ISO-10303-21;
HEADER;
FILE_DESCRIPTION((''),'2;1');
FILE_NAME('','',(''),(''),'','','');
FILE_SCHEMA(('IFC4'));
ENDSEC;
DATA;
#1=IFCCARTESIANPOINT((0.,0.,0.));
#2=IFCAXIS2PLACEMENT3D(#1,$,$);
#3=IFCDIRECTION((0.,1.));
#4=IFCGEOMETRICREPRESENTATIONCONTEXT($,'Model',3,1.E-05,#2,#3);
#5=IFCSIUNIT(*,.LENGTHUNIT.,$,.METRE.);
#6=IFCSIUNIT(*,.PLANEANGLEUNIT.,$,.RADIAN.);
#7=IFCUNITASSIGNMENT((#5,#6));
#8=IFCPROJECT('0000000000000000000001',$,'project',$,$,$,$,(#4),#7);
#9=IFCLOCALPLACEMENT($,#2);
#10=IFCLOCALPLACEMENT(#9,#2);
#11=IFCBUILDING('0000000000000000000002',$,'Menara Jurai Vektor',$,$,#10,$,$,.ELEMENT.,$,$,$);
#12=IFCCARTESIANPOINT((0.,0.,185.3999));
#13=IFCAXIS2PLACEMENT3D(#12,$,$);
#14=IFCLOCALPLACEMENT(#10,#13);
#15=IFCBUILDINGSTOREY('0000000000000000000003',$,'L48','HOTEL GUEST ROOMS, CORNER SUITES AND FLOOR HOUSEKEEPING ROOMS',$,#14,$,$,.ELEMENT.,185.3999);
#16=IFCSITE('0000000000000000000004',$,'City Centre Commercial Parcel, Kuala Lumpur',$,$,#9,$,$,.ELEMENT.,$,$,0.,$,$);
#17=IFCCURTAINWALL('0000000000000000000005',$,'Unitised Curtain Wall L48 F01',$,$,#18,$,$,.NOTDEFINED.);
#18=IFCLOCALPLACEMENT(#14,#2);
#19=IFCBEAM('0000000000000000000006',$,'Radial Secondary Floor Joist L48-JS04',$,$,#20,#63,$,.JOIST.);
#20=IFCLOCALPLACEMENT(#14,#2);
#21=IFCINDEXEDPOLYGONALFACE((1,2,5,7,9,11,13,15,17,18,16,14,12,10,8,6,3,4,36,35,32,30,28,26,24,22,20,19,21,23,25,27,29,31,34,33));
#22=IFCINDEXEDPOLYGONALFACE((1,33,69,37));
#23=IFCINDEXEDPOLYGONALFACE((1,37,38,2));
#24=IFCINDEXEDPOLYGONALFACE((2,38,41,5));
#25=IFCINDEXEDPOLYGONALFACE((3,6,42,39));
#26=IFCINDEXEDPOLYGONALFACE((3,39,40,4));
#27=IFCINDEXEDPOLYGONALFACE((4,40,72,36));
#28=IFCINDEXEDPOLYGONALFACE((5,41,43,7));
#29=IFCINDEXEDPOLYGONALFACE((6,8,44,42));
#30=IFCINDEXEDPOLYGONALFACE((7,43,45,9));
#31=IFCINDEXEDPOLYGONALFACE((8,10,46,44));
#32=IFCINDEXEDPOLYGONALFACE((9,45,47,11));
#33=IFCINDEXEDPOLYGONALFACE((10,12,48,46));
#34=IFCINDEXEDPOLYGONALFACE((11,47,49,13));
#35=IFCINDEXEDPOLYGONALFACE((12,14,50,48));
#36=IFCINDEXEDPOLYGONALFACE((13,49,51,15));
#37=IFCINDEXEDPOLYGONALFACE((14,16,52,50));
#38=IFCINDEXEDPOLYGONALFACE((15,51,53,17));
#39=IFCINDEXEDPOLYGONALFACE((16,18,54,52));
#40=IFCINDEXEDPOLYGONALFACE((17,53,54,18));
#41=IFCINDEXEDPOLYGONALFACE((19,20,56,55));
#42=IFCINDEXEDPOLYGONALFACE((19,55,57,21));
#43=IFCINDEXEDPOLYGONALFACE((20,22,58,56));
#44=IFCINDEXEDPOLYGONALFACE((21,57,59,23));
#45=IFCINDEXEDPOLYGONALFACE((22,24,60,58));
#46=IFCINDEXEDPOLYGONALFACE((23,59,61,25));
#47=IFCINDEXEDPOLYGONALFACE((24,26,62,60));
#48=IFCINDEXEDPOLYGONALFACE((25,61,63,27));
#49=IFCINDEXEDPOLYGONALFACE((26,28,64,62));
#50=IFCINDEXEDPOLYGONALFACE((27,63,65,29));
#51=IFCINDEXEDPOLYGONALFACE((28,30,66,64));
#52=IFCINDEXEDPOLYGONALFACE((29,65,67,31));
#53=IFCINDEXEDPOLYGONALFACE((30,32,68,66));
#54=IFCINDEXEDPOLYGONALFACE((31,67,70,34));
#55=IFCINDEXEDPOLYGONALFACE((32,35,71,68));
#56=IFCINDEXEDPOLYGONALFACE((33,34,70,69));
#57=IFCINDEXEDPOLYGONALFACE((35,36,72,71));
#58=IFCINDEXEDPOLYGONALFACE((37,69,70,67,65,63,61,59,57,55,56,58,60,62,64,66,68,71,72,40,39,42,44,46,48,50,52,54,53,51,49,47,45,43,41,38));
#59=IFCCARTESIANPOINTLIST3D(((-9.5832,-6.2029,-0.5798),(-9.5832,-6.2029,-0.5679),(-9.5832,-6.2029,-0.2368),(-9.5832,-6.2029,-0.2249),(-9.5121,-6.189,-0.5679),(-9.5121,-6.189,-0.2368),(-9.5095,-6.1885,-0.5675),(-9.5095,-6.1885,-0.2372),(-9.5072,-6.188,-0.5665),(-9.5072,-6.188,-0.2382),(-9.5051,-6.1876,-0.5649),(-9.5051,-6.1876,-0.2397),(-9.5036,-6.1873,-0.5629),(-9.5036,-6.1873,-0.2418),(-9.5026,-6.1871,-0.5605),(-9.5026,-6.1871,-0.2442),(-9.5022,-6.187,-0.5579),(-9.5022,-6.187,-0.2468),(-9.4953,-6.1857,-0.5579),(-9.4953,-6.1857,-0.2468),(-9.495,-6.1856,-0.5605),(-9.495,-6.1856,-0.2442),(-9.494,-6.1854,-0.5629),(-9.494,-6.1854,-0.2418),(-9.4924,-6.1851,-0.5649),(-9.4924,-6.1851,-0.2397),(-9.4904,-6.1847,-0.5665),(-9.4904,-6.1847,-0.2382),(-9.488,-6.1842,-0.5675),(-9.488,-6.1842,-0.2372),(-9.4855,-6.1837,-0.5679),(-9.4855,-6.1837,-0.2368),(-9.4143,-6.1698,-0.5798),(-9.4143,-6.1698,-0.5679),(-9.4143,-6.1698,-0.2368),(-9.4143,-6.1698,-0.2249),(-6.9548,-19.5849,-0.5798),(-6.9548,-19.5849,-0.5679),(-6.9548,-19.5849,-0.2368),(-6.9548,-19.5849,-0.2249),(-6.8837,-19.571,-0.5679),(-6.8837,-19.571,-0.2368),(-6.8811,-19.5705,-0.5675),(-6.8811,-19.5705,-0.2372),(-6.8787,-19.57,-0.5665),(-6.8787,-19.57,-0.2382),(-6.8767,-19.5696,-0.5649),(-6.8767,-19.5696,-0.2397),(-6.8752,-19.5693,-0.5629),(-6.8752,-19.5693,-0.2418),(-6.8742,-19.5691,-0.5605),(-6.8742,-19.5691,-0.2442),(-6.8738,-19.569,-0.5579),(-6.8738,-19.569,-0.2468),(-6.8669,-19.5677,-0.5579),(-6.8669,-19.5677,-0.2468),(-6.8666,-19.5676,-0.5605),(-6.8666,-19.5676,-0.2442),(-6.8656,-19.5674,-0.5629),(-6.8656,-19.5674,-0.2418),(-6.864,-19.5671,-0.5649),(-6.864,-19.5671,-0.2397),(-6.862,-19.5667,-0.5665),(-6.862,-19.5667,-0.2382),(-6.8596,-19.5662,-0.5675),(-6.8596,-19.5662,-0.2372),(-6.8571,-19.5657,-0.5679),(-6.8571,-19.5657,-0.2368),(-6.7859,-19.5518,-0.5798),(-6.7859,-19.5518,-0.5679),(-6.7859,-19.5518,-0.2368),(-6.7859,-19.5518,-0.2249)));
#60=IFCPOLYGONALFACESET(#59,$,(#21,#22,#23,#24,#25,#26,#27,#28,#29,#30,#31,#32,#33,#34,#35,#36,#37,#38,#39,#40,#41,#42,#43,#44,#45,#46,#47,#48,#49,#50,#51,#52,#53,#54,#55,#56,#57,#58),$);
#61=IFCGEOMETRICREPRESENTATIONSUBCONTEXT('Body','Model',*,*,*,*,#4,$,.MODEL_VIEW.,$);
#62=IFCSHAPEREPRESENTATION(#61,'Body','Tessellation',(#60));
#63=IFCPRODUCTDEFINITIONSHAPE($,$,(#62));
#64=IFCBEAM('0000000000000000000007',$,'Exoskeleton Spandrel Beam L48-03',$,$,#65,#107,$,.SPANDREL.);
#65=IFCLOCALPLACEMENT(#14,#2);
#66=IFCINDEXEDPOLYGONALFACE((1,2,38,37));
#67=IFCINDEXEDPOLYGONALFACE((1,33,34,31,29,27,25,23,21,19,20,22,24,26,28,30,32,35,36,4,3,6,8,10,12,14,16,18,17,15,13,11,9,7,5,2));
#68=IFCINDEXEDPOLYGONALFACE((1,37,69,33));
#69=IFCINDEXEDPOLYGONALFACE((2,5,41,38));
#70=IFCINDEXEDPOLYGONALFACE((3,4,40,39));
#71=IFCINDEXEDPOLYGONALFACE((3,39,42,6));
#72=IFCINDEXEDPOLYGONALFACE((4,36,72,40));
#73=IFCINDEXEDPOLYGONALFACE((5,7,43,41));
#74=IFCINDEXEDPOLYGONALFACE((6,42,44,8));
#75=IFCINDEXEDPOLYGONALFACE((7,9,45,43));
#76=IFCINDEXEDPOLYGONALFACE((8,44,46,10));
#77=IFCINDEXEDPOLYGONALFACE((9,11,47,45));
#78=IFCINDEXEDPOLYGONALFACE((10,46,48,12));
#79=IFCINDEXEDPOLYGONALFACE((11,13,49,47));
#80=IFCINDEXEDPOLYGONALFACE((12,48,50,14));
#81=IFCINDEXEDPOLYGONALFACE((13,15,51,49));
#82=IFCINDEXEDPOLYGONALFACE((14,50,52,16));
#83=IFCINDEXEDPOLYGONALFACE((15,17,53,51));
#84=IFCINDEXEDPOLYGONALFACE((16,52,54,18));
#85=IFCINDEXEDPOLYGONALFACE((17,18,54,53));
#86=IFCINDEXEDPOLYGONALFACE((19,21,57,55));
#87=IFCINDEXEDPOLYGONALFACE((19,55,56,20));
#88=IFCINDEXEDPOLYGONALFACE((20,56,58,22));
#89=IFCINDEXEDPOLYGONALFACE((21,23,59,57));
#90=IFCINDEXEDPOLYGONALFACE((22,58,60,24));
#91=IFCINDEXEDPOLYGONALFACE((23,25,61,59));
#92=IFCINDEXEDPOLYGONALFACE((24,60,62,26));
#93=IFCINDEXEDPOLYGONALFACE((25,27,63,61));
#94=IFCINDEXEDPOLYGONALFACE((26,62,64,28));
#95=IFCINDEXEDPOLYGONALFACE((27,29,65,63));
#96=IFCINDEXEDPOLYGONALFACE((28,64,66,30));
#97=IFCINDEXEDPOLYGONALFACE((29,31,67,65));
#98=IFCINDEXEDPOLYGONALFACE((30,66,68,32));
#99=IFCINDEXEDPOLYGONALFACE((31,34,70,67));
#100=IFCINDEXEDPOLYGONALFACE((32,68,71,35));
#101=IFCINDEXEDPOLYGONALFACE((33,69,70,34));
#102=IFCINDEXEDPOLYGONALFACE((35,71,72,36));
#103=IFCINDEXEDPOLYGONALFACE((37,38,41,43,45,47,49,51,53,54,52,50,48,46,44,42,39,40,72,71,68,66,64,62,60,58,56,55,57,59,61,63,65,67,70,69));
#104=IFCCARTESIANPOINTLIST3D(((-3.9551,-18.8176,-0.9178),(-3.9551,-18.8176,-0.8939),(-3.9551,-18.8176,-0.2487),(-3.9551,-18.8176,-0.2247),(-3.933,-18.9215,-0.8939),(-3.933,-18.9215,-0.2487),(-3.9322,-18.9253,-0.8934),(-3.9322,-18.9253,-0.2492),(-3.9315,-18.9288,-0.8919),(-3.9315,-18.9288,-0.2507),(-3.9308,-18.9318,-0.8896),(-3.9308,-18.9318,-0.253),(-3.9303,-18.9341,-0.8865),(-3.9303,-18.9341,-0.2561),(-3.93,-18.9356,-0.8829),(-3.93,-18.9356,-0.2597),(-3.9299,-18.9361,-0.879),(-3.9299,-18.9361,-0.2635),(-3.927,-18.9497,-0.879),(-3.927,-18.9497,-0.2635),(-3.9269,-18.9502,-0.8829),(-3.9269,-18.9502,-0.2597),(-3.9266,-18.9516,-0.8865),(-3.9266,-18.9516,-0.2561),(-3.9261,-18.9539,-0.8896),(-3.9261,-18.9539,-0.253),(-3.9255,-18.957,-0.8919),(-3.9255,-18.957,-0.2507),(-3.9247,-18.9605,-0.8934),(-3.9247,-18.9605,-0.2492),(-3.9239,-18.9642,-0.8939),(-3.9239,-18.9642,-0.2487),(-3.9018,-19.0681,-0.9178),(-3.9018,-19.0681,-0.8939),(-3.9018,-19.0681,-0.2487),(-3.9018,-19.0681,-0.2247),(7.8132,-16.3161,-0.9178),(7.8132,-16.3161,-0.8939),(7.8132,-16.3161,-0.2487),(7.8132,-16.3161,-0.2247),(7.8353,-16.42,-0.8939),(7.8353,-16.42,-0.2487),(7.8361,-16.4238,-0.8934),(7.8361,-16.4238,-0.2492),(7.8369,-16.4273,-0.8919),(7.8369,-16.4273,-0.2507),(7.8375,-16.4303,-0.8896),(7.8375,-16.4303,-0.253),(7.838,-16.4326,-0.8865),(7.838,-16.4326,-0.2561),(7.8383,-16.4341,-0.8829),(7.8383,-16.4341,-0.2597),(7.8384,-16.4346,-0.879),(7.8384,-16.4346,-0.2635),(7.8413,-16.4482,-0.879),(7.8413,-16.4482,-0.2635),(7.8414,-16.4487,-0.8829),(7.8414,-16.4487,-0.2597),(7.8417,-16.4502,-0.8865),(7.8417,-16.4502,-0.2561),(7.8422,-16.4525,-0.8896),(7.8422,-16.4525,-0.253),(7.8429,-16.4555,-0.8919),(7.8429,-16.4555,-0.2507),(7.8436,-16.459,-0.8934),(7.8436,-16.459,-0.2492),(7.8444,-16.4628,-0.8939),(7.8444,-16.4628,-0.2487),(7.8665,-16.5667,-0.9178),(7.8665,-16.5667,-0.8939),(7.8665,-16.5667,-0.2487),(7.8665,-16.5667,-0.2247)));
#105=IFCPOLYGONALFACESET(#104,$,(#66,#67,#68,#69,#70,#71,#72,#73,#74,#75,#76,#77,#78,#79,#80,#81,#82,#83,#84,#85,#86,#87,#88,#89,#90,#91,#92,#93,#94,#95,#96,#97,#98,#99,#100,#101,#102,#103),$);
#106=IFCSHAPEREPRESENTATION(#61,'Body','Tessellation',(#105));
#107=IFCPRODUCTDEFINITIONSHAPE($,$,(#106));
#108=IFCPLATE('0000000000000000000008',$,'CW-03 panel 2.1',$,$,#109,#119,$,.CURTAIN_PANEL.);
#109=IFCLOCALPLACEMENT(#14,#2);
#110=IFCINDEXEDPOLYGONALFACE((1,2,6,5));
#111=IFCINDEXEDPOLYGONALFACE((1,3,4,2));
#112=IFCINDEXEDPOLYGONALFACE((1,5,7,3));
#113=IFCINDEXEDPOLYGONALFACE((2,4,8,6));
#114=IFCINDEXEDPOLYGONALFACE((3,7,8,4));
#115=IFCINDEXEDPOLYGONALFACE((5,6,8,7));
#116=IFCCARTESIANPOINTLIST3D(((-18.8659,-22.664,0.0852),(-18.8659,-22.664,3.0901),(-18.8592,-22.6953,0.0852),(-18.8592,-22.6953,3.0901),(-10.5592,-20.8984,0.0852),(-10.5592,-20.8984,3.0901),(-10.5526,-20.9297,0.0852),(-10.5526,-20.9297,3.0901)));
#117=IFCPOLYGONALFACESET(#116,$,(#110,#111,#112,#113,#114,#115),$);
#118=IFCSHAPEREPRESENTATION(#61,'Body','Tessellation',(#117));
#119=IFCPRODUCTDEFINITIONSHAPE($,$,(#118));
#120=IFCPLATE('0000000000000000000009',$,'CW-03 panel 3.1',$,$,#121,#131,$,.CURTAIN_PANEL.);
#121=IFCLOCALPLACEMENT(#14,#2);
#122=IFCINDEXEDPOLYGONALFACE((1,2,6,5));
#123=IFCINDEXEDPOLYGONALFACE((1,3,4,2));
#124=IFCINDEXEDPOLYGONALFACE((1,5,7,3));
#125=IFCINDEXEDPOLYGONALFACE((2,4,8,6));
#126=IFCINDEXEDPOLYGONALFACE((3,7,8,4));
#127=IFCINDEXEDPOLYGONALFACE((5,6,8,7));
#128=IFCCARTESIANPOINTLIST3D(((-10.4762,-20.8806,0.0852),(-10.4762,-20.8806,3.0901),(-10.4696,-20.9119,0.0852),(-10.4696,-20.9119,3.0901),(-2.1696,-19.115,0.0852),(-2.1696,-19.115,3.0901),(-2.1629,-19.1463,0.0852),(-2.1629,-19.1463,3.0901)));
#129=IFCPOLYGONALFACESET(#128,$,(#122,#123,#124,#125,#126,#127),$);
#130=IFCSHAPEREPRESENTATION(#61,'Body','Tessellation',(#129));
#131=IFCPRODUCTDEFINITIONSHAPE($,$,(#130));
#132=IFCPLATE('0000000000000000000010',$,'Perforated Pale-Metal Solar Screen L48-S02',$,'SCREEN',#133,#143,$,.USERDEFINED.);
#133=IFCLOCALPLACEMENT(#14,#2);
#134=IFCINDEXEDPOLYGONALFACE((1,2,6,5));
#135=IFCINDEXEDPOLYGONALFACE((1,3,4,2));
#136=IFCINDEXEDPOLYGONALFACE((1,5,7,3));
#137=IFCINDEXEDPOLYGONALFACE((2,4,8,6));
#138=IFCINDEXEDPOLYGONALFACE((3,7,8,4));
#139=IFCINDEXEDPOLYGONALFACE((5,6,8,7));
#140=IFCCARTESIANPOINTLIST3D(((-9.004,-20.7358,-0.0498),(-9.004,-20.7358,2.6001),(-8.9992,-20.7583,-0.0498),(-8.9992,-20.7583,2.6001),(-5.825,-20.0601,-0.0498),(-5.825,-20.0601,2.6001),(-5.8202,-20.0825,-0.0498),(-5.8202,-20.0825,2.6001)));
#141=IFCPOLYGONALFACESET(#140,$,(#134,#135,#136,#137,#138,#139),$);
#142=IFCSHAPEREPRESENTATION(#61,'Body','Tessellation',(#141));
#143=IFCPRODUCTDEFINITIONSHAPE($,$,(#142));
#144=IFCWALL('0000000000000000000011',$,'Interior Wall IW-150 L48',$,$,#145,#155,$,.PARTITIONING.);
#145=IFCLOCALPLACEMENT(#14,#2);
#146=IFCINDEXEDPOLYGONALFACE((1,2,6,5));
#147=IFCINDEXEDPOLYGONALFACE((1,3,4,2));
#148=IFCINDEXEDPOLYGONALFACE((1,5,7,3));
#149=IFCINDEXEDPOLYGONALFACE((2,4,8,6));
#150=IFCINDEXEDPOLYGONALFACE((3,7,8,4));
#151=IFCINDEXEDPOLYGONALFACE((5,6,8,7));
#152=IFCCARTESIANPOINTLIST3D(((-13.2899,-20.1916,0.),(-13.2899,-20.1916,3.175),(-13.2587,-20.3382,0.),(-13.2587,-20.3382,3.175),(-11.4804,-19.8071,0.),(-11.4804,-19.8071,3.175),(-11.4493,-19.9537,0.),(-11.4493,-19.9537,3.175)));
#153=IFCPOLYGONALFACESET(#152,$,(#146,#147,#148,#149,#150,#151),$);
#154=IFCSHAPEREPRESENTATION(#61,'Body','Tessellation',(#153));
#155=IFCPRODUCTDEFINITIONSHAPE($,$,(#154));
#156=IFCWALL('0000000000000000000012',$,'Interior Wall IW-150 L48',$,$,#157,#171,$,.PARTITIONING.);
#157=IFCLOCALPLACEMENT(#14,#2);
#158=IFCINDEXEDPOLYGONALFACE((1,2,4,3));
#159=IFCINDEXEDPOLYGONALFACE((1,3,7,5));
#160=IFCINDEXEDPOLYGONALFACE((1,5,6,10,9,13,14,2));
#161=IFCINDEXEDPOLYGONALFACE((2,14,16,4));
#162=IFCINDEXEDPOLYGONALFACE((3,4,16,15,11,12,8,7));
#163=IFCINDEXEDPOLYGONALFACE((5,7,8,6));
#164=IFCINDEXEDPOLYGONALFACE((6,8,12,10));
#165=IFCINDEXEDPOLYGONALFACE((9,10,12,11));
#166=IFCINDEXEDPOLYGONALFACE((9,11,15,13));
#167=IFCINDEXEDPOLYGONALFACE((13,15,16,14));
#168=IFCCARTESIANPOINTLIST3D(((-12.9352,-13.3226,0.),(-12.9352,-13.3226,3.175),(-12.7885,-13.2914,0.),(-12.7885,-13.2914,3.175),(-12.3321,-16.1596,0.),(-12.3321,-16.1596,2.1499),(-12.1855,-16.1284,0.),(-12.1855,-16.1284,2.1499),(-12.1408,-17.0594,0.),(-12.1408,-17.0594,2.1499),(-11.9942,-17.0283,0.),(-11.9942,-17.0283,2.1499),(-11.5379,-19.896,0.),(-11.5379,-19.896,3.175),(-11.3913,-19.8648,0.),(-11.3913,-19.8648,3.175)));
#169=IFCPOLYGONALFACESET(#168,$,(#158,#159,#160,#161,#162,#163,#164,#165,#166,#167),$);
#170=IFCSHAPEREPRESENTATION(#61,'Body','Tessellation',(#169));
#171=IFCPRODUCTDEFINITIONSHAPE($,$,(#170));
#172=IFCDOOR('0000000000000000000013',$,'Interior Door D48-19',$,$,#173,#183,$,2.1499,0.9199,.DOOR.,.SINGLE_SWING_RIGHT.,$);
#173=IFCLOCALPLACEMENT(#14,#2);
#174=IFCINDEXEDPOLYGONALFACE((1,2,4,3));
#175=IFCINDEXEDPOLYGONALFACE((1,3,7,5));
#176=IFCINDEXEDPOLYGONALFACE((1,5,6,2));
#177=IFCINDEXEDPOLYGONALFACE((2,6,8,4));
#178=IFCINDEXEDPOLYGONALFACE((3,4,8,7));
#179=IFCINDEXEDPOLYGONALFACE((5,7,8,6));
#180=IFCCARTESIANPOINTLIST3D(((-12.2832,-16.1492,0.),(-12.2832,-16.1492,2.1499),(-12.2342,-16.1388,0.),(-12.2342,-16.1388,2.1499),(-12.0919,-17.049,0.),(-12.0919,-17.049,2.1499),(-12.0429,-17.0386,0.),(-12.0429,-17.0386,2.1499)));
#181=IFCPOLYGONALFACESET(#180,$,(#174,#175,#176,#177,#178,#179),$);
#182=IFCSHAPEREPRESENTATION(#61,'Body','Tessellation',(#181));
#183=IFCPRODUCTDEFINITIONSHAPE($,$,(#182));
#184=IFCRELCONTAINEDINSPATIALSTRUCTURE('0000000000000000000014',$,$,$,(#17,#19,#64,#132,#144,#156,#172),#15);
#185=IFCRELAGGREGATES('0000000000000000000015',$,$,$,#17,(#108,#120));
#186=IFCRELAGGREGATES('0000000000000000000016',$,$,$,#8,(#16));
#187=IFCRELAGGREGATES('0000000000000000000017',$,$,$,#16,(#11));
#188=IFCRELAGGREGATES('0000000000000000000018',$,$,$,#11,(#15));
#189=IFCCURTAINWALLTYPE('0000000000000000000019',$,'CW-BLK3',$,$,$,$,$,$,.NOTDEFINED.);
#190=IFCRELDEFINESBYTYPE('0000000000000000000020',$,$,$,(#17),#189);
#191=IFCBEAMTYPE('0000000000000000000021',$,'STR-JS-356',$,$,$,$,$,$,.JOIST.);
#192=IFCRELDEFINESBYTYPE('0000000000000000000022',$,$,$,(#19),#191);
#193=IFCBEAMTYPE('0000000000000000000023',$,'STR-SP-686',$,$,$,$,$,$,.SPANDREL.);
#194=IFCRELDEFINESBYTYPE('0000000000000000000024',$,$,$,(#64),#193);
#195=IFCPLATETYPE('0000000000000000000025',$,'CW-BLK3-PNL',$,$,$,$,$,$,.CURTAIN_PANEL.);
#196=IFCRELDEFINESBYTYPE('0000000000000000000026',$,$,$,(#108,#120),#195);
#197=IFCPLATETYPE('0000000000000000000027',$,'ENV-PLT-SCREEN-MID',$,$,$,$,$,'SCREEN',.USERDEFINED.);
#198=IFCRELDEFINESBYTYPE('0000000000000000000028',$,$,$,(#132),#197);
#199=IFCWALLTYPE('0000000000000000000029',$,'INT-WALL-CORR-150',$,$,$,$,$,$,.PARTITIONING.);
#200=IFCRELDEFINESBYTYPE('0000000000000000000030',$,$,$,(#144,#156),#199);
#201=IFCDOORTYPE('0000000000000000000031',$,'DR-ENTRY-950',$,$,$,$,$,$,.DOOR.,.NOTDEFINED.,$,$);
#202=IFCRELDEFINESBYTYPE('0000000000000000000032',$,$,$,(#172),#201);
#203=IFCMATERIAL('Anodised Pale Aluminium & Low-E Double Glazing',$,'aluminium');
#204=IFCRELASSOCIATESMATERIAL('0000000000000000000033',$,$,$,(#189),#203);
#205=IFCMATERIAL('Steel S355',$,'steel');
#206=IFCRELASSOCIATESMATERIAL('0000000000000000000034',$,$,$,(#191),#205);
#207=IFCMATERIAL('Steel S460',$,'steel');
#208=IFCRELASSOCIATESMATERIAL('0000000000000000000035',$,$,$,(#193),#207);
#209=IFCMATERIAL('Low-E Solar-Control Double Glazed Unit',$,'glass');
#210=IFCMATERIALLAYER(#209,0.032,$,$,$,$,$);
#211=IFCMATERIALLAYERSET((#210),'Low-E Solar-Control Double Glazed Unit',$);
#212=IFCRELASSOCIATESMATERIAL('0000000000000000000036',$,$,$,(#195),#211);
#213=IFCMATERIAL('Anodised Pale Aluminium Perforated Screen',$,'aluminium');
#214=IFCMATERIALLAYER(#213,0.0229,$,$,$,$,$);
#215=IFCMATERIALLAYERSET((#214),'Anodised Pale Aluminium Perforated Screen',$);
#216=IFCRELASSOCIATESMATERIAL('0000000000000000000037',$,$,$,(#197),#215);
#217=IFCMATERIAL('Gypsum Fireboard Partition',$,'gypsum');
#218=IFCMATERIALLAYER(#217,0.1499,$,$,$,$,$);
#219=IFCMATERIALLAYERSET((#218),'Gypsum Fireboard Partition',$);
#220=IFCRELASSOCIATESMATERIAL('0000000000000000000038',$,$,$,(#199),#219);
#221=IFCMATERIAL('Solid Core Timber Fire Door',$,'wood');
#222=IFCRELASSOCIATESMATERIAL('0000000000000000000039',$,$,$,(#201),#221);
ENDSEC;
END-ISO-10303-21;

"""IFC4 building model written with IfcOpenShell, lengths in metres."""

from ifc_helpers import new_model, si_unit, direction, frame, frame_2d, origin, origin_2d, place, context, subcontext, project, spatial, rectangle, i_section, extrude, material, layer, layer_set, material_profile, profile_set, type_object, element, fill, aggregate, save


model = new_model("IFC4")

# Units and contexts
model_context = context("Model", 3, precision=1e-05, world=origin(), true_north=direction((0.0, 1.0)))
body_context = subcontext(model_context, "Body", "Model", "MODEL_VIEW")
ifc_project = project(units=[si_unit("LENGTHUNIT", "METRE"), si_unit("PLANEANGLEUNIT", "RADIAN")], contexts=[model_context])

# Site, building, storey
site_placement = place(None, origin())
site = spatial("IfcSite", under=ifc_project, at=site_placement, Name="City Centre Commercial Parcel, Kuala Lumpur", CompositionType="ELEMENT", RefElevation=0.0)
building_placement = place(site_placement, origin())
building = spatial("IfcBuilding", under=site, at=building_placement, Name="Menara Jurai Vektor", CompositionType="ELEMENT")
storey_placement = place(building_placement, frame((0.0, 0.0, 185.3999)))
storey = spatial("IfcBuildingStorey", under=building, at=storey_placement, Name="L48", Description="HOTEL GUEST ROOMS, CORNER SUITES AND FLOOR HOUSEKEEPING ROOMS", CompositionType="ELEMENT", Elevation=185.3999)

# Shared definitions
ifc_material_1 = material(Name="Steel S460", Category="steel")

# Curtain wall
ifc_material_2 = material(Name="Anodised Pale Aluminium & Low-E Double Glazing", Category="aluminium")
curtain_wall_type = type_object("IfcCurtainWallType", Name="CW-BLK3", PredefinedType="NOTDEFINED", material=ifc_material_2)
curtain_wall_placement = place(storey_placement, origin())
curtain_wall = element("IfcCurtainWall", 1, at=curtain_wall_placement, inside=storey, type_object=curtain_wall_type, Name="Unitised Curtain Wall L48 F01", PredefinedType="NOTDEFINED")

# Beams
ifc_material_3 = material(Name="Steel S355", Category="steel")
ifc_material_profile_1 = material_profile(ifc_material_3, i_section(OverallWidth=0.1721, OverallDepth=0.355, WebThickness=0.0071, FlangeThickness=0.012, FilletRadius=0.01, at=origin_2d()), Name="UKB 356x171x51")
ifc_profile_set_1 = profile_set([ifc_material_profile_1], Name="Steel S355")
beam_type_1 = type_object("IfcBeamType", Name="STR-JS-356", PredefinedType="JOIST", material=ifc_profile_set_1)
beam_1_placement = place(storey_placement, frame((-6.8704, -19.5684, -0.4023), z_axis=(-0.192731, 0.981252, 0.0), x_axis=(-0.981252, -0.192731, 0.0)))
element("IfcBeam", 2, at=beam_1_placement, inside=storey, type_object=beam_type_1, Name="Radial Secondary Floor Joist L48-JS04", PredefinedType="JOIST", context=body_context, shape_type="SweptSolid", body=[
    extrude(i_section(OverallWidth=0.1721, OverallDepth=0.355, WebThickness=0.0071, FlangeThickness=0.012, FilletRadius=0.01, at=origin_2d()), origin(), (0.0, 0.0, 1.0), 13.6377),
])
ifc_material_profile_2 = material_profile(ifc_material_1, i_section(OverallWidth=0.2561, OverallDepth=0.6931, WebThickness=0.0139, FlangeThickness=0.0239, FilletRadius=0.0149, at=origin_2d()), Name="UKB 686x254x170")
ifc_profile_set_2 = profile_set([ifc_material_profile_2], Name="Steel S460")
beam_type_2 = type_object("IfcBeamType", Name="STR-SP-686", PredefinedType="SPANDREL", material=ifc_profile_set_2)
beam_2_placement = place(storey_placement, frame((-3.9285, -18.9429, -0.5713), z_axis=(0.978147, 0.207914, 0.0), x_axis=(-0.207914, 0.978147, 0.0)))
element("IfcBeam", 3, at=beam_2_placement, inside=storey, type_object=beam_type_2, Name="Exoskeleton Spandrel Beam L48-03", PredefinedType="SPANDREL", context=body_context, shape_type="SweptSolid", body=[
    extrude(i_section(OverallWidth=0.2561, OverallDepth=0.6931, WebThickness=0.0139, FlangeThickness=0.0239, FilletRadius=0.0149, at=origin_2d()), origin(), (0.0, 0.0, 1.0), 12.0312),
])

# Plates
ifc_material_4 = material(Name="Low-E Solar-Control Double Glazed Unit", Category="glass")
ifc_layer_1 = layer(ifc_material_4, 0.032)
ifc_layer_set_1 = layer_set([ifc_layer_1], Name="Low-E Solar-Control Double Glazed Unit")
plate_type_1 = type_object("IfcPlateType", Name="CW-BLK3-PNL", PredefinedType="CURTAIN_PANEL", material=ifc_layer_set_1)
plate_1_placement = place(storey_placement, frame((-14.7092, -21.7969, 0.0852), z_axis=(0.0, 0.0, 1.0), x_axis=(0.978148, 0.207911, 0.0)))
plate_1 = element("IfcPlate", 4, at=plate_1_placement, type_object=plate_type_1, Name="CW-03 panel 2.1", PredefinedType="CURTAIN_PANEL", context=body_context, shape_type="SweptSolid", body=[
    extrude(rectangle(XDim=8.4922, YDim=0.032, at=origin_2d()), origin(), (0.0, 0.0, 1.0), 3.0049),
])
plate_2_placement = place(storey_placement, frame((-6.3196, -20.0134, 0.0852), z_axis=(0.0, 0.0, 1.0), x_axis=(0.978148, 0.207911, 0.0)))
plate_2 = element("IfcPlate", 5, at=plate_2_placement, type_object=plate_type_1, Name="CW-03 panel 3.1", PredefinedType="CURTAIN_PANEL", context=body_context, shape_type="SweptSolid", body=[
    extrude(rectangle(XDim=8.4922, YDim=0.032, at=origin_2d()), origin(), (0.0, 0.0, 1.0), 3.0049),
])
aggregate(curtain_wall, [plate_1, plate_2])
ifc_material_5 = material(Name="Anodised Pale Aluminium Perforated Screen", Category="aluminium")
ifc_layer_2 = layer(ifc_material_5, 0.0229)
ifc_layer_set_2 = layer_set([ifc_layer_2], Name="Anodised Pale Aluminium Perforated Screen")
plate_type_2 = type_object("IfcPlateType", Name="ENV-PLT-SCREEN-MID", ElementType="SCREEN", PredefinedType="USERDEFINED", material=ifc_layer_set_2)
plate_3_placement = place(storey_placement, frame((-7.4121, -20.4092, -0.0498), z_axis=(0.0, 0.0, 1.0), x_axis=(0.978148, 0.207912, 0.0)))
element("IfcPlate", 6, at=plate_3_placement, inside=storey, type_object=plate_type_2, Name="Perforated Pale-Metal Solar Screen L48-S02", ObjectType="SCREEN", PredefinedType="USERDEFINED", context=body_context, shape_type="SweptSolid", body=[
    extrude(rectangle(XDim=3.25, YDim=0.0229, at=origin_2d()), origin(), (0.0, 0.0, 1.0), 2.6499),
])

# Wall
ifc_material_6 = material(Name="Gypsum Fireboard Partition", Category="gypsum")
ifc_layer_3 = layer(ifc_material_6, 0.1499)
ifc_layer_set_3 = layer_set([ifc_layer_3], Name="Gypsum Fireboard Partition")
wall_type = type_object("IfcWallType", Name="INT-WALL-CORR-150", PredefinedType="PARTITIONING", material=ifc_layer_set_3)
wall_1_placement = place(storey_placement, frame((-13.2742, -20.2649, 0.0), z_axis=(0.0, 0.0, 1.0), x_axis=(0.97816, 0.207852, 0.0)))
element("IfcWall", 7, at=wall_1_placement, inside=storey, type_object=wall_type, Name="Interior Wall IW-150 L48", PredefinedType="PARTITIONING", context=body_context, shape_type="SweptSolid", body=[
    extrude(rectangle(XDim=1.8499, YDim=0.1499, at=frame_2d((0.9248, 0.0))), origin(), (0.0, 0.0, 1.0), 3.175),
])

# Wall, opening, door
wall_2_placement = place(storey_placement, frame((-11.4646, -19.8804, 0.0), z_axis=(0.0, 0.0, 1.0), x_axis=(-0.207916, 0.978147, 0.0)))
wall_2 = element("IfcWall", 8, at=wall_2_placement, inside=storey, type_object=wall_type, Name="Interior Wall IW-150 L48", PredefinedType="PARTITIONING", context=body_context, shape_type="SweptSolid", body=[
    extrude(rectangle(XDim=6.7202, YDim=0.1499, at=frame_2d((3.3601, 0.0))), origin(), (0.0, 0.0, 1.0), 3.175),
])
opening_1_placement = place(wall_2_placement, frame((2.8999, 0.0, 0.0)))
opening_1 = element("IfcOpeningElement", 9, at=opening_1_placement, cuts=wall_2, PredefinedType="OPENING", context=body_context, shape_type="SweptSolid", body=[
    extrude(rectangle(XDim=0.9199, YDim=2.1499, at=frame_2d((0.46, 1.075))), frame((0.0, 0.085, 0.0), z_axis=(0.0, -1.0, 0.0), x_axis=(1.0, 0.0, 0.0)), (0.0, 0.0, 1.0), 0.1699),
])
ifc_material_7 = material(Name="Solid Core Timber Fire Door", Category="wood")
door_type_1 = type_object("IfcDoorType", Name="DR-ENTRY-950", OperationType="NOTDEFINED", PredefinedType="DOOR", material=ifc_material_7)
door_1_placement = place(opening_1_placement, origin())
door_1 = element("IfcDoor", 10, at=door_1_placement, inside=storey, type_object=door_type_1, Name="Interior Door D48-19", OperationType="SINGLE_SWING_RIGHT", OverallHeight=2.1499, OverallWidth=0.9199, PredefinedType="DOOR", context=body_context, shape_type="SweptSolid", body=[
    extrude(rectangle(XDim=0.9199, YDim=2.1499, at=frame_2d((0.46, 1.075))), frame((0.0, 0.0249, 0.0), z_axis=(0.0, -1.0, 0.0), x_axis=(1.0, 0.0, 0.0)), (0.0, 0.0, 1.0), 0.05),
])
fill(opening_1, door_1)

save(model, "model.ifc")
